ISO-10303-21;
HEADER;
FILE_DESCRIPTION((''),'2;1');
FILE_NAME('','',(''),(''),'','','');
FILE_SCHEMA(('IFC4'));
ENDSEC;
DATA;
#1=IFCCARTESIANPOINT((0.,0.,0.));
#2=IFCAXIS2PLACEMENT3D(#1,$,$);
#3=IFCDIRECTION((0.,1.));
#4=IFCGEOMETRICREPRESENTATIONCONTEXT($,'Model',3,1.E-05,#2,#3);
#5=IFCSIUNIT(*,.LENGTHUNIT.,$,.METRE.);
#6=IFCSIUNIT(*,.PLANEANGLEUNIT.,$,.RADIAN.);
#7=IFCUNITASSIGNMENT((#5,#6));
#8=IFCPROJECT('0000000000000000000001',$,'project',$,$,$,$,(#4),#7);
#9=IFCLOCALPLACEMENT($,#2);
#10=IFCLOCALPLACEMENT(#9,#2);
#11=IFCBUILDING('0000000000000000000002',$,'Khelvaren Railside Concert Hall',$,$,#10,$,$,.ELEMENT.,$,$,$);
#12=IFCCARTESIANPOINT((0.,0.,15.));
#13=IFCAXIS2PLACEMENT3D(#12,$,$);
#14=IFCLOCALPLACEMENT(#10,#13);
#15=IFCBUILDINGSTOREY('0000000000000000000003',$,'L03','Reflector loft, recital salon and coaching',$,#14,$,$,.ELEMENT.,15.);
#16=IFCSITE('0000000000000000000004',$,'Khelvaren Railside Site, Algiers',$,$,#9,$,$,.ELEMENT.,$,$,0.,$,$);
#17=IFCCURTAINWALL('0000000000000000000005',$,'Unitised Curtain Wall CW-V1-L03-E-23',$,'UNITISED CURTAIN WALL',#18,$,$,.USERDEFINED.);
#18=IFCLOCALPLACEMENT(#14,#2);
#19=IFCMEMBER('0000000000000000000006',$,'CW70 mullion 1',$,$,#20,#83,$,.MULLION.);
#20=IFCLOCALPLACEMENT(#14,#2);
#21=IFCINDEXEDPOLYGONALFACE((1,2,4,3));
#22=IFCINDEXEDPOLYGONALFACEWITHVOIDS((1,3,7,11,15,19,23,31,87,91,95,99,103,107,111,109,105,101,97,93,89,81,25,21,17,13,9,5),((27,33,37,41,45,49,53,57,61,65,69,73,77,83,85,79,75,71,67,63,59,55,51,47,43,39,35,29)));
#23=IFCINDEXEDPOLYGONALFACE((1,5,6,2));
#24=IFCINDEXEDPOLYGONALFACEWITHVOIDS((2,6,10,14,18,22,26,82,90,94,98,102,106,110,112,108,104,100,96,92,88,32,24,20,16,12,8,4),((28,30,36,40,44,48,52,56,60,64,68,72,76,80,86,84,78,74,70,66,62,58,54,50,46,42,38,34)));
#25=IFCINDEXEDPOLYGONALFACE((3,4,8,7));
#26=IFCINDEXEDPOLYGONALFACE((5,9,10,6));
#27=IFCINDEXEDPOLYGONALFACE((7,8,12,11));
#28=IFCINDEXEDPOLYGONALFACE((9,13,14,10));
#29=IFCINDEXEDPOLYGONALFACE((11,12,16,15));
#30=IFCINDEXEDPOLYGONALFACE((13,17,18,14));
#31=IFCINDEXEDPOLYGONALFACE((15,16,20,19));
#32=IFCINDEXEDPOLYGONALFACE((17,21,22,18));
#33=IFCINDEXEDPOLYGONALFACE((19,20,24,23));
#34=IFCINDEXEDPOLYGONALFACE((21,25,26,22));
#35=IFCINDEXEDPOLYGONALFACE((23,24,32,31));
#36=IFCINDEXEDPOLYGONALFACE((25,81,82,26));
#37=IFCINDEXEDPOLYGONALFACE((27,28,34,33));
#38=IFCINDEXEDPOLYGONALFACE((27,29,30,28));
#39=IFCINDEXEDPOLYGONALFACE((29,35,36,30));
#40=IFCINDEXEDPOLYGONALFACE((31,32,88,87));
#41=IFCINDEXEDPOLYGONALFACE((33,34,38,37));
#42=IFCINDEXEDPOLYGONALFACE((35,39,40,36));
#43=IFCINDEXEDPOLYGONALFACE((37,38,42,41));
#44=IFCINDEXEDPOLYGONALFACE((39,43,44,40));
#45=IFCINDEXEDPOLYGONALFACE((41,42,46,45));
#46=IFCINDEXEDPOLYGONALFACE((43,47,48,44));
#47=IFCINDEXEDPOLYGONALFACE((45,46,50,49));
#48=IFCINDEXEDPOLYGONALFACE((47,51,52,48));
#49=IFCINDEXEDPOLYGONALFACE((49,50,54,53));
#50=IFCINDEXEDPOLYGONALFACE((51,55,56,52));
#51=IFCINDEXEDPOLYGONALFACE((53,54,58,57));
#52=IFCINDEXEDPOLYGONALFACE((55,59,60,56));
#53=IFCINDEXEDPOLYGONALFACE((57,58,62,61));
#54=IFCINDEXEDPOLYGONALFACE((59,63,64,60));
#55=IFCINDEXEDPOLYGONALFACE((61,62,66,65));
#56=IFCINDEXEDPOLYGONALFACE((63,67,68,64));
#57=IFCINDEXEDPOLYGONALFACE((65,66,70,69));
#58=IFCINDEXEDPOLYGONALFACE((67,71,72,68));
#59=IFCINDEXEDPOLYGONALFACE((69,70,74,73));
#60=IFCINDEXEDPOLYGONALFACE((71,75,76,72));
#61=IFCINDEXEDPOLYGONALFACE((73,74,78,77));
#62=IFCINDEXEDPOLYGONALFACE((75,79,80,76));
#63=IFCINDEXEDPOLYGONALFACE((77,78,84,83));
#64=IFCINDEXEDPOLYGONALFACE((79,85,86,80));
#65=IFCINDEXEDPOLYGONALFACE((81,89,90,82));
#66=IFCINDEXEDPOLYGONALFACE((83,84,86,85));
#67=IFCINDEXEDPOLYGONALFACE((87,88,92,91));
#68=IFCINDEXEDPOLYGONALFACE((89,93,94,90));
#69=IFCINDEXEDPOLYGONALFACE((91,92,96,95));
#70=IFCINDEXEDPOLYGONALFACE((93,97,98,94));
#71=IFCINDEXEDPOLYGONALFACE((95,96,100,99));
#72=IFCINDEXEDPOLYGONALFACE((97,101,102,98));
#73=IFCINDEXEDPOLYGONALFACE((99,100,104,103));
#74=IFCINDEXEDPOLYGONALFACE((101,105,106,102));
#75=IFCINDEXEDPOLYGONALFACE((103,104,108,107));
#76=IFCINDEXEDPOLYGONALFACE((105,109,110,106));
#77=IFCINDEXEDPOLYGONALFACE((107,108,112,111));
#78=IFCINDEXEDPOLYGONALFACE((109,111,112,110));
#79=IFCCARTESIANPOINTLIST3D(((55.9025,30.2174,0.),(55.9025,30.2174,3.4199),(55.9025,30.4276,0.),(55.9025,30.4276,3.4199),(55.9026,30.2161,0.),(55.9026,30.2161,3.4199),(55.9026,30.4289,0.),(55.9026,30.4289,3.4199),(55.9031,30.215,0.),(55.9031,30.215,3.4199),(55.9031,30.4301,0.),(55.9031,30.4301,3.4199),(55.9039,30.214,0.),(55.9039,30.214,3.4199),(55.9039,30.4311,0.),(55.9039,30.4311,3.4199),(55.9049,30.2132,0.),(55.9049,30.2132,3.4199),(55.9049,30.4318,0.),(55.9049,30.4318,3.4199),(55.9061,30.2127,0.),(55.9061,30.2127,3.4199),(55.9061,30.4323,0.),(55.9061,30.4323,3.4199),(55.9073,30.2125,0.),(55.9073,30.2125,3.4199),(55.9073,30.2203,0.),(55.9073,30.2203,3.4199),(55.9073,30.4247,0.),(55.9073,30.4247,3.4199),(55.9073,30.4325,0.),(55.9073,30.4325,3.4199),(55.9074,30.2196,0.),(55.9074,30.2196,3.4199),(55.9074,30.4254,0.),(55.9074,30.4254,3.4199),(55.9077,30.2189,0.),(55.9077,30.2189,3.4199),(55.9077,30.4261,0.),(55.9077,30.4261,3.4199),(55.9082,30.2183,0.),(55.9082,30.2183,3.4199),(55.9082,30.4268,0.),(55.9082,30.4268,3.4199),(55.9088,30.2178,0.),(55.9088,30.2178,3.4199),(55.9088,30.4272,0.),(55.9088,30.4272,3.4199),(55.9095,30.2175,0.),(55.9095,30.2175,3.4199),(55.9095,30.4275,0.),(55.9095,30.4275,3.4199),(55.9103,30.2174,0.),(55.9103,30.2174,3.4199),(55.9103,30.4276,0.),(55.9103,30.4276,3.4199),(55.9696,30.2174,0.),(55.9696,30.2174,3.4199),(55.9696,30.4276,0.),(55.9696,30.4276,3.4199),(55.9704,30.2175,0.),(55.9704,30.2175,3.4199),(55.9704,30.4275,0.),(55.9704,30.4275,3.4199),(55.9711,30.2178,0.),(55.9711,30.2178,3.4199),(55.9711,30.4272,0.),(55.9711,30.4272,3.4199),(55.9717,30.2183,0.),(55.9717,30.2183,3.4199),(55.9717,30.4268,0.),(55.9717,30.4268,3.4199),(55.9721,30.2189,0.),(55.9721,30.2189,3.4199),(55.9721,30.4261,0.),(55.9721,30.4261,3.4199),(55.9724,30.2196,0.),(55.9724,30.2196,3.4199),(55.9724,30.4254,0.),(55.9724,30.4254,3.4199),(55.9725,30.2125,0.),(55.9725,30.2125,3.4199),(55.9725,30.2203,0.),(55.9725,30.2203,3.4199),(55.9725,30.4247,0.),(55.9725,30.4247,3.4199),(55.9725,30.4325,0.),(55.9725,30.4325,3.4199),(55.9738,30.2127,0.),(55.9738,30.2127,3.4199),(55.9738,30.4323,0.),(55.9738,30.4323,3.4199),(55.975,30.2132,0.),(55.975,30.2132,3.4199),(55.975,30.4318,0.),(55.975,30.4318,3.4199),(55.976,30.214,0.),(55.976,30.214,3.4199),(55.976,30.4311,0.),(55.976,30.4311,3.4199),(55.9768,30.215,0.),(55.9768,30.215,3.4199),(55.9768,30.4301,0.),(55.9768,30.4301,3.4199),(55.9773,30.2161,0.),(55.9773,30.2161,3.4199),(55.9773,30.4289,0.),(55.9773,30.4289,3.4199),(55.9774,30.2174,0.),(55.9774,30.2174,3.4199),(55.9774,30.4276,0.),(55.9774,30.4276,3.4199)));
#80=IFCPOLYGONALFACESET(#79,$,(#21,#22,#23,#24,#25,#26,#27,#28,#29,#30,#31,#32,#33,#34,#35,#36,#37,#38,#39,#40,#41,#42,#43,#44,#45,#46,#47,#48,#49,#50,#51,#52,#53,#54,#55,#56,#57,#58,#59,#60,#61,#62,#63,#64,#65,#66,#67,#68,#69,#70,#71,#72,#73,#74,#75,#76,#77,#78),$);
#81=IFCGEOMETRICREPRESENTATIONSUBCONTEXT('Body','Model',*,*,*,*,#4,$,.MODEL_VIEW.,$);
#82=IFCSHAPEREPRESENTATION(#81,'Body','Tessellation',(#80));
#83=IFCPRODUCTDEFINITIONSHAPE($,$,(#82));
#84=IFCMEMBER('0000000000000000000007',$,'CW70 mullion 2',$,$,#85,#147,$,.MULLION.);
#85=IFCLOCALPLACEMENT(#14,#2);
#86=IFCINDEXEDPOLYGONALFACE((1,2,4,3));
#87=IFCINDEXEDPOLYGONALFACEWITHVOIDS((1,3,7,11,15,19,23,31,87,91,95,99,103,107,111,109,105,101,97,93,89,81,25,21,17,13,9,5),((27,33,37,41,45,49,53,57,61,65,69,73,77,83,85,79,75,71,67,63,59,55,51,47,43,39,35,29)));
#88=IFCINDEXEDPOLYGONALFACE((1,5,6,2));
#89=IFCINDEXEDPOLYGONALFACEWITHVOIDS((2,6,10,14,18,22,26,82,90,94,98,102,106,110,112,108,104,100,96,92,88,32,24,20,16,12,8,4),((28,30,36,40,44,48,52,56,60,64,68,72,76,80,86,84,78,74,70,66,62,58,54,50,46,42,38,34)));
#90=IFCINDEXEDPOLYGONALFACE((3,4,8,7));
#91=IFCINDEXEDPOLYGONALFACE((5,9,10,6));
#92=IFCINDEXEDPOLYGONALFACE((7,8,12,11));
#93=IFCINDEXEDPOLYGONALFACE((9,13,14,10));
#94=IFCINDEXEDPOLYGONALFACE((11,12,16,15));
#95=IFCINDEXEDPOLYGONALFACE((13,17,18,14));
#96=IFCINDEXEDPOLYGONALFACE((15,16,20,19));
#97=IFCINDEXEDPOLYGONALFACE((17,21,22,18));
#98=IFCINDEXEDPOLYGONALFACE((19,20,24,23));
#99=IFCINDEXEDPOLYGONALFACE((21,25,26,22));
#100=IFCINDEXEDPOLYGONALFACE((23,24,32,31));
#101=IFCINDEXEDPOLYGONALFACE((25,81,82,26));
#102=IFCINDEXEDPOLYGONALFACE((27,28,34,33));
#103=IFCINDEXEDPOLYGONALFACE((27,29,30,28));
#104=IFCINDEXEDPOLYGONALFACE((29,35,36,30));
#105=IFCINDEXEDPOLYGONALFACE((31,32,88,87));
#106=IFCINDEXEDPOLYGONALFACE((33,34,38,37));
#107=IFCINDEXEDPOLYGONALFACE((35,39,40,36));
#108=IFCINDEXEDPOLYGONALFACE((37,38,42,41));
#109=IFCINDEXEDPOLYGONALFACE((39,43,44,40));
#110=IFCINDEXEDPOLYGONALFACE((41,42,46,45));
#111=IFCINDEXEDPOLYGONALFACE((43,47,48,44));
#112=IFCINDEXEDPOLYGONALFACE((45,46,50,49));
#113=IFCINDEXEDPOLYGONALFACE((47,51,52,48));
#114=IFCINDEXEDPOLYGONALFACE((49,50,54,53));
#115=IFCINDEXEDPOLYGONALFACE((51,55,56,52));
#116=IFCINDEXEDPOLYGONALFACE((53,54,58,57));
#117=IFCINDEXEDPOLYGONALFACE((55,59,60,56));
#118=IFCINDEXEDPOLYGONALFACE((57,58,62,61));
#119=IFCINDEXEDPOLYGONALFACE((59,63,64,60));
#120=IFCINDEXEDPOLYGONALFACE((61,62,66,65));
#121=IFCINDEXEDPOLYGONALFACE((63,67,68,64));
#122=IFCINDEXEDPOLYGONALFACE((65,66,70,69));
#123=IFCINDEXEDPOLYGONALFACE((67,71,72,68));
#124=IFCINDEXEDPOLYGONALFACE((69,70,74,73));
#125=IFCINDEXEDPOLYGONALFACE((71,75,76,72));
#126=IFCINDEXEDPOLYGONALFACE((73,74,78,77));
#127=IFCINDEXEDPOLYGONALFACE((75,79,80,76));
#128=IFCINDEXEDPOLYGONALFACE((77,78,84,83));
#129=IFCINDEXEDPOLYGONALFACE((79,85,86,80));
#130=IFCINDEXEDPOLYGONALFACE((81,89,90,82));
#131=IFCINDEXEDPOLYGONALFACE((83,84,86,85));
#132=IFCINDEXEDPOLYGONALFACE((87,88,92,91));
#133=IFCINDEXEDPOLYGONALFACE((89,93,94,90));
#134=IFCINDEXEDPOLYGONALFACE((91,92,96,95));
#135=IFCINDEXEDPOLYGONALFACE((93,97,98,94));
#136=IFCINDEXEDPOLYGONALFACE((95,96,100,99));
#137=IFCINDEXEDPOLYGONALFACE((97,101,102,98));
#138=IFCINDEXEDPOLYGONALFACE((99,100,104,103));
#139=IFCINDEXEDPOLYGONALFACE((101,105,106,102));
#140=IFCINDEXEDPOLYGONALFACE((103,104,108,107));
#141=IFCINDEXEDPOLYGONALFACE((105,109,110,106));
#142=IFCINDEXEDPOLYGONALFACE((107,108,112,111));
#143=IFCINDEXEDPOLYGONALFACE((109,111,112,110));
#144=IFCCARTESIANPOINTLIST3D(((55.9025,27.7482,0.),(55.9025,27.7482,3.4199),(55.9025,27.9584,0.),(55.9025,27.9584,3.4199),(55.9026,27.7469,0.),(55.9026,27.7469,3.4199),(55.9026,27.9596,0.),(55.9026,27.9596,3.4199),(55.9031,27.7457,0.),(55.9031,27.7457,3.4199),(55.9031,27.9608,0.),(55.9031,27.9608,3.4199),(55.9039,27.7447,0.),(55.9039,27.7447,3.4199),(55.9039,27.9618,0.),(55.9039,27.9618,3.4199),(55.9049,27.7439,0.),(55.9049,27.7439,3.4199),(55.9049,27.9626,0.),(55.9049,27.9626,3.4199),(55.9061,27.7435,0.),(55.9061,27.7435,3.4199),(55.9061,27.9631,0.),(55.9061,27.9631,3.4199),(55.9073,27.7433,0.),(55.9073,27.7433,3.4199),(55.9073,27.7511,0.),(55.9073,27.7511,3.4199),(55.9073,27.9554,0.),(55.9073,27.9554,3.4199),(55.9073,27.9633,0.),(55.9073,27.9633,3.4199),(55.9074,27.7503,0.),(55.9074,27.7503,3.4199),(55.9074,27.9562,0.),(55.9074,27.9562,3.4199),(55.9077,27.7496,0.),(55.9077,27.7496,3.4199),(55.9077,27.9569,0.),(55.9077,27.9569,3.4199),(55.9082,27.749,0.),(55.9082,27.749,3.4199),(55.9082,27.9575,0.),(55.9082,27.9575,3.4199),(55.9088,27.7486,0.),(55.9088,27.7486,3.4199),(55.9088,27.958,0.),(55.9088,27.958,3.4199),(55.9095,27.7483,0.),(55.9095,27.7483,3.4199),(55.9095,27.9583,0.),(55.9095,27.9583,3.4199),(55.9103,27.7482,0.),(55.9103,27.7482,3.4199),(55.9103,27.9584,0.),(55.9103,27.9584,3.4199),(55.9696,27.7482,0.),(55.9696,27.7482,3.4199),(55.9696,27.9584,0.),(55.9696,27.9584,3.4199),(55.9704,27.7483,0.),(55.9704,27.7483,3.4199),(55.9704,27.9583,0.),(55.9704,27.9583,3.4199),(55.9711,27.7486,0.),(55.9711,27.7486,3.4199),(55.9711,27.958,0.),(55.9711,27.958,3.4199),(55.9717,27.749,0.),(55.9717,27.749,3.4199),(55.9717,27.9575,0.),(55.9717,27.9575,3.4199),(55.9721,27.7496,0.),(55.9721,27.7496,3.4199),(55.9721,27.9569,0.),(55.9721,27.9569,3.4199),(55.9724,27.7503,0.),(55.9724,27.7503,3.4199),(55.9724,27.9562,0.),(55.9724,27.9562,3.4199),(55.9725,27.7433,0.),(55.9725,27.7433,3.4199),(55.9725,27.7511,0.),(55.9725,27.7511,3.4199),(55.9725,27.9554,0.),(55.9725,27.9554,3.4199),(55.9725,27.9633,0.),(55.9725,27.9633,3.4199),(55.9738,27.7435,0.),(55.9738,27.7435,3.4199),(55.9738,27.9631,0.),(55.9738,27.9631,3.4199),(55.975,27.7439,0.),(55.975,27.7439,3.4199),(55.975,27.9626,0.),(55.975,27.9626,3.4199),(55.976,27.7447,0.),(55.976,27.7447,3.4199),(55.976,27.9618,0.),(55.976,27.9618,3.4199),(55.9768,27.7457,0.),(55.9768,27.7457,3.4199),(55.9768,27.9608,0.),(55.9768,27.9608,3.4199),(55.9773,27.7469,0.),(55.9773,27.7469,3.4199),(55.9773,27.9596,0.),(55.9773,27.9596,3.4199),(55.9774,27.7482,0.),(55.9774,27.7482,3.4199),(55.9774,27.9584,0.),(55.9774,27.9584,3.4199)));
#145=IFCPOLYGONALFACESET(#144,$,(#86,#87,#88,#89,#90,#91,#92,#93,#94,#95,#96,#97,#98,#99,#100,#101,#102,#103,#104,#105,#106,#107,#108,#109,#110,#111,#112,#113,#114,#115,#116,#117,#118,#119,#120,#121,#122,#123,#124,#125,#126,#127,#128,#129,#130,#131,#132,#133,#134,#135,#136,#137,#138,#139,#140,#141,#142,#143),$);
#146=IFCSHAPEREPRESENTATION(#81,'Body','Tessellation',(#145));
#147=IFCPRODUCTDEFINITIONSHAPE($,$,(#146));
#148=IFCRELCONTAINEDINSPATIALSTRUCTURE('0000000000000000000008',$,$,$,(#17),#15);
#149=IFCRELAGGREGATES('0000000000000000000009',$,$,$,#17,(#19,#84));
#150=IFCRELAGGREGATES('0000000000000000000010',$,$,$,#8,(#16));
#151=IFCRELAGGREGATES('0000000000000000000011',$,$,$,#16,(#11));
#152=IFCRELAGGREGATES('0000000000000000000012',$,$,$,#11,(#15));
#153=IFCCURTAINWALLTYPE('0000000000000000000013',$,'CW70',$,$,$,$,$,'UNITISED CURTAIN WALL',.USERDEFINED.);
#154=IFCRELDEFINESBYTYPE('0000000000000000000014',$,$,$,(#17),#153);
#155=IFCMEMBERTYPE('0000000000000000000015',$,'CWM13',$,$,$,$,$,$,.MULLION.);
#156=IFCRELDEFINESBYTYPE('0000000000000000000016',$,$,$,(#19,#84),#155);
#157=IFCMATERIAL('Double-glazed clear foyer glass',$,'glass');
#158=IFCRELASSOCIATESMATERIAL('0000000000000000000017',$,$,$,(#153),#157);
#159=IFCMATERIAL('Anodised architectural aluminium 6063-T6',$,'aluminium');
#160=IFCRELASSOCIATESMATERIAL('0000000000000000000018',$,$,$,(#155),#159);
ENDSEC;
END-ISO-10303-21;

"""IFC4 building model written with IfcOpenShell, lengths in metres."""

from ifc_helpers import new_model, si_unit, direction, frame, origin, origin_2d, place, context, subcontext, project, spatial, hollow_rectangle, extrude, material, material_profile, profile_set, type_object, element, aggregate, save


model = new_model("IFC4")

# Units and contexts
model_context = context("Model", 3, precision=1e-05, world=origin(), true_north=direction((0.0, 1.0)))
body_context = subcontext(model_context, "Body", "Model", "MODEL_VIEW")
ifc_project = project(units=[si_unit("LENGTHUNIT", "METRE"), si_unit("PLANEANGLEUNIT", "RADIAN")], contexts=[model_context])

# Site, building, storey
site_placement = place(None, origin())
site = spatial("IfcSite", under=ifc_project, at=site_placement, Name="Khelvaren Railside Site, Algiers", CompositionType="ELEMENT", RefElevation=0.0)
building_placement = place(site_placement, origin())
building = spatial("IfcBuilding", under=site, at=building_placement, Name="Khelvaren Railside Concert Hall", CompositionType="ELEMENT")
storey_placement = place(building_placement, frame((0.0, 0.0, 15.0)))
storey = spatial("IfcBuildingStorey", under=building, at=storey_placement, Name="L03", Description="Reflector loft, recital salon and coaching", CompositionType="ELEMENT", Elevation=15.0)

# Curtain wall, members
ifc_material_1 = material(Name="Double-glazed clear foyer glass", Category="glass")
curtain_wall_type_1 = type_object("IfcCurtainWallType", Name="CW70", ElementType="UNITISED CURTAIN WALL", PredefinedType="USERDEFINED", material=ifc_material_1)
curtain_wall_1_placement = place(storey_placement, origin())
curtain_wall_1 = element("IfcCurtainWall", 1, at=curtain_wall_1_placement, inside=storey, type_object=curtain_wall_type_1, Name="Unitised Curtain Wall CW-V1-L03-E-23", ObjectType="UNITISED CURTAIN WALL", PredefinedType="USERDEFINED")
ifc_material_2 = material(Name="Anodised architectural aluminium 6063-T6", Category="aluminium")
ifc_material_profile_1 = material_profile(ifc_material_2, hollow_rectangle(XDim=0.075, YDim=0.22, WallThickness=0.0049, InnerFilletRadius=0.0029, OuterFilletRadius=0.0049, at=origin_2d()), Name="CWM 75x220x5")
ifc_profile_set_1 = profile_set([ifc_material_profile_1], Name="Anodised architectural aluminium 6063-T6")
member_type_1 = type_object("IfcMemberType", Name="CWM13", PredefinedType="MULLION", material=ifc_profile_set_1)
member_1_placement = place(storey_placement, frame((55.9399, 30.3225, 0.0), z_axis=(0.0, 0.0, 1.0), x_axis=(1.0, 0.0, 0.0)))
member_1 = element("IfcMember", 2, at=member_1_placement, type_object=member_type_1, Name="CW70 mullion 1", PredefinedType="MULLION", context=body_context, shape_type="SweptSolid", body=[
    extrude(hollow_rectangle(XDim=0.075, YDim=0.22, WallThickness=0.0049, InnerFilletRadius=0.0029, OuterFilletRadius=0.0049, at=origin_2d()), origin(), (0.0, 0.0, 1.0), 3.4199),
])
member_2_placement = place(storey_placement, frame((55.9399, 27.8533, 0.0), z_axis=(0.0, 0.0, 1.0), x_axis=(1.0, 0.0, 0.0)))
member_2 = element("IfcMember", 3, at=member_2_placement, type_object=member_type_1, Name="CW70 mullion 2", PredefinedType="MULLION", context=body_context, shape_type="SweptSolid", body=[
    extrude(hollow_rectangle(XDim=0.075, YDim=0.22, WallThickness=0.0049, InnerFilletRadius=0.0029, OuterFilletRadius=0.0049, at=origin_2d()), origin(), (0.0, 0.0, 1.0), 3.4199),
])

aggregate(curtain_wall_1, [member_1, member_2])

save(model, "model.ifc")
